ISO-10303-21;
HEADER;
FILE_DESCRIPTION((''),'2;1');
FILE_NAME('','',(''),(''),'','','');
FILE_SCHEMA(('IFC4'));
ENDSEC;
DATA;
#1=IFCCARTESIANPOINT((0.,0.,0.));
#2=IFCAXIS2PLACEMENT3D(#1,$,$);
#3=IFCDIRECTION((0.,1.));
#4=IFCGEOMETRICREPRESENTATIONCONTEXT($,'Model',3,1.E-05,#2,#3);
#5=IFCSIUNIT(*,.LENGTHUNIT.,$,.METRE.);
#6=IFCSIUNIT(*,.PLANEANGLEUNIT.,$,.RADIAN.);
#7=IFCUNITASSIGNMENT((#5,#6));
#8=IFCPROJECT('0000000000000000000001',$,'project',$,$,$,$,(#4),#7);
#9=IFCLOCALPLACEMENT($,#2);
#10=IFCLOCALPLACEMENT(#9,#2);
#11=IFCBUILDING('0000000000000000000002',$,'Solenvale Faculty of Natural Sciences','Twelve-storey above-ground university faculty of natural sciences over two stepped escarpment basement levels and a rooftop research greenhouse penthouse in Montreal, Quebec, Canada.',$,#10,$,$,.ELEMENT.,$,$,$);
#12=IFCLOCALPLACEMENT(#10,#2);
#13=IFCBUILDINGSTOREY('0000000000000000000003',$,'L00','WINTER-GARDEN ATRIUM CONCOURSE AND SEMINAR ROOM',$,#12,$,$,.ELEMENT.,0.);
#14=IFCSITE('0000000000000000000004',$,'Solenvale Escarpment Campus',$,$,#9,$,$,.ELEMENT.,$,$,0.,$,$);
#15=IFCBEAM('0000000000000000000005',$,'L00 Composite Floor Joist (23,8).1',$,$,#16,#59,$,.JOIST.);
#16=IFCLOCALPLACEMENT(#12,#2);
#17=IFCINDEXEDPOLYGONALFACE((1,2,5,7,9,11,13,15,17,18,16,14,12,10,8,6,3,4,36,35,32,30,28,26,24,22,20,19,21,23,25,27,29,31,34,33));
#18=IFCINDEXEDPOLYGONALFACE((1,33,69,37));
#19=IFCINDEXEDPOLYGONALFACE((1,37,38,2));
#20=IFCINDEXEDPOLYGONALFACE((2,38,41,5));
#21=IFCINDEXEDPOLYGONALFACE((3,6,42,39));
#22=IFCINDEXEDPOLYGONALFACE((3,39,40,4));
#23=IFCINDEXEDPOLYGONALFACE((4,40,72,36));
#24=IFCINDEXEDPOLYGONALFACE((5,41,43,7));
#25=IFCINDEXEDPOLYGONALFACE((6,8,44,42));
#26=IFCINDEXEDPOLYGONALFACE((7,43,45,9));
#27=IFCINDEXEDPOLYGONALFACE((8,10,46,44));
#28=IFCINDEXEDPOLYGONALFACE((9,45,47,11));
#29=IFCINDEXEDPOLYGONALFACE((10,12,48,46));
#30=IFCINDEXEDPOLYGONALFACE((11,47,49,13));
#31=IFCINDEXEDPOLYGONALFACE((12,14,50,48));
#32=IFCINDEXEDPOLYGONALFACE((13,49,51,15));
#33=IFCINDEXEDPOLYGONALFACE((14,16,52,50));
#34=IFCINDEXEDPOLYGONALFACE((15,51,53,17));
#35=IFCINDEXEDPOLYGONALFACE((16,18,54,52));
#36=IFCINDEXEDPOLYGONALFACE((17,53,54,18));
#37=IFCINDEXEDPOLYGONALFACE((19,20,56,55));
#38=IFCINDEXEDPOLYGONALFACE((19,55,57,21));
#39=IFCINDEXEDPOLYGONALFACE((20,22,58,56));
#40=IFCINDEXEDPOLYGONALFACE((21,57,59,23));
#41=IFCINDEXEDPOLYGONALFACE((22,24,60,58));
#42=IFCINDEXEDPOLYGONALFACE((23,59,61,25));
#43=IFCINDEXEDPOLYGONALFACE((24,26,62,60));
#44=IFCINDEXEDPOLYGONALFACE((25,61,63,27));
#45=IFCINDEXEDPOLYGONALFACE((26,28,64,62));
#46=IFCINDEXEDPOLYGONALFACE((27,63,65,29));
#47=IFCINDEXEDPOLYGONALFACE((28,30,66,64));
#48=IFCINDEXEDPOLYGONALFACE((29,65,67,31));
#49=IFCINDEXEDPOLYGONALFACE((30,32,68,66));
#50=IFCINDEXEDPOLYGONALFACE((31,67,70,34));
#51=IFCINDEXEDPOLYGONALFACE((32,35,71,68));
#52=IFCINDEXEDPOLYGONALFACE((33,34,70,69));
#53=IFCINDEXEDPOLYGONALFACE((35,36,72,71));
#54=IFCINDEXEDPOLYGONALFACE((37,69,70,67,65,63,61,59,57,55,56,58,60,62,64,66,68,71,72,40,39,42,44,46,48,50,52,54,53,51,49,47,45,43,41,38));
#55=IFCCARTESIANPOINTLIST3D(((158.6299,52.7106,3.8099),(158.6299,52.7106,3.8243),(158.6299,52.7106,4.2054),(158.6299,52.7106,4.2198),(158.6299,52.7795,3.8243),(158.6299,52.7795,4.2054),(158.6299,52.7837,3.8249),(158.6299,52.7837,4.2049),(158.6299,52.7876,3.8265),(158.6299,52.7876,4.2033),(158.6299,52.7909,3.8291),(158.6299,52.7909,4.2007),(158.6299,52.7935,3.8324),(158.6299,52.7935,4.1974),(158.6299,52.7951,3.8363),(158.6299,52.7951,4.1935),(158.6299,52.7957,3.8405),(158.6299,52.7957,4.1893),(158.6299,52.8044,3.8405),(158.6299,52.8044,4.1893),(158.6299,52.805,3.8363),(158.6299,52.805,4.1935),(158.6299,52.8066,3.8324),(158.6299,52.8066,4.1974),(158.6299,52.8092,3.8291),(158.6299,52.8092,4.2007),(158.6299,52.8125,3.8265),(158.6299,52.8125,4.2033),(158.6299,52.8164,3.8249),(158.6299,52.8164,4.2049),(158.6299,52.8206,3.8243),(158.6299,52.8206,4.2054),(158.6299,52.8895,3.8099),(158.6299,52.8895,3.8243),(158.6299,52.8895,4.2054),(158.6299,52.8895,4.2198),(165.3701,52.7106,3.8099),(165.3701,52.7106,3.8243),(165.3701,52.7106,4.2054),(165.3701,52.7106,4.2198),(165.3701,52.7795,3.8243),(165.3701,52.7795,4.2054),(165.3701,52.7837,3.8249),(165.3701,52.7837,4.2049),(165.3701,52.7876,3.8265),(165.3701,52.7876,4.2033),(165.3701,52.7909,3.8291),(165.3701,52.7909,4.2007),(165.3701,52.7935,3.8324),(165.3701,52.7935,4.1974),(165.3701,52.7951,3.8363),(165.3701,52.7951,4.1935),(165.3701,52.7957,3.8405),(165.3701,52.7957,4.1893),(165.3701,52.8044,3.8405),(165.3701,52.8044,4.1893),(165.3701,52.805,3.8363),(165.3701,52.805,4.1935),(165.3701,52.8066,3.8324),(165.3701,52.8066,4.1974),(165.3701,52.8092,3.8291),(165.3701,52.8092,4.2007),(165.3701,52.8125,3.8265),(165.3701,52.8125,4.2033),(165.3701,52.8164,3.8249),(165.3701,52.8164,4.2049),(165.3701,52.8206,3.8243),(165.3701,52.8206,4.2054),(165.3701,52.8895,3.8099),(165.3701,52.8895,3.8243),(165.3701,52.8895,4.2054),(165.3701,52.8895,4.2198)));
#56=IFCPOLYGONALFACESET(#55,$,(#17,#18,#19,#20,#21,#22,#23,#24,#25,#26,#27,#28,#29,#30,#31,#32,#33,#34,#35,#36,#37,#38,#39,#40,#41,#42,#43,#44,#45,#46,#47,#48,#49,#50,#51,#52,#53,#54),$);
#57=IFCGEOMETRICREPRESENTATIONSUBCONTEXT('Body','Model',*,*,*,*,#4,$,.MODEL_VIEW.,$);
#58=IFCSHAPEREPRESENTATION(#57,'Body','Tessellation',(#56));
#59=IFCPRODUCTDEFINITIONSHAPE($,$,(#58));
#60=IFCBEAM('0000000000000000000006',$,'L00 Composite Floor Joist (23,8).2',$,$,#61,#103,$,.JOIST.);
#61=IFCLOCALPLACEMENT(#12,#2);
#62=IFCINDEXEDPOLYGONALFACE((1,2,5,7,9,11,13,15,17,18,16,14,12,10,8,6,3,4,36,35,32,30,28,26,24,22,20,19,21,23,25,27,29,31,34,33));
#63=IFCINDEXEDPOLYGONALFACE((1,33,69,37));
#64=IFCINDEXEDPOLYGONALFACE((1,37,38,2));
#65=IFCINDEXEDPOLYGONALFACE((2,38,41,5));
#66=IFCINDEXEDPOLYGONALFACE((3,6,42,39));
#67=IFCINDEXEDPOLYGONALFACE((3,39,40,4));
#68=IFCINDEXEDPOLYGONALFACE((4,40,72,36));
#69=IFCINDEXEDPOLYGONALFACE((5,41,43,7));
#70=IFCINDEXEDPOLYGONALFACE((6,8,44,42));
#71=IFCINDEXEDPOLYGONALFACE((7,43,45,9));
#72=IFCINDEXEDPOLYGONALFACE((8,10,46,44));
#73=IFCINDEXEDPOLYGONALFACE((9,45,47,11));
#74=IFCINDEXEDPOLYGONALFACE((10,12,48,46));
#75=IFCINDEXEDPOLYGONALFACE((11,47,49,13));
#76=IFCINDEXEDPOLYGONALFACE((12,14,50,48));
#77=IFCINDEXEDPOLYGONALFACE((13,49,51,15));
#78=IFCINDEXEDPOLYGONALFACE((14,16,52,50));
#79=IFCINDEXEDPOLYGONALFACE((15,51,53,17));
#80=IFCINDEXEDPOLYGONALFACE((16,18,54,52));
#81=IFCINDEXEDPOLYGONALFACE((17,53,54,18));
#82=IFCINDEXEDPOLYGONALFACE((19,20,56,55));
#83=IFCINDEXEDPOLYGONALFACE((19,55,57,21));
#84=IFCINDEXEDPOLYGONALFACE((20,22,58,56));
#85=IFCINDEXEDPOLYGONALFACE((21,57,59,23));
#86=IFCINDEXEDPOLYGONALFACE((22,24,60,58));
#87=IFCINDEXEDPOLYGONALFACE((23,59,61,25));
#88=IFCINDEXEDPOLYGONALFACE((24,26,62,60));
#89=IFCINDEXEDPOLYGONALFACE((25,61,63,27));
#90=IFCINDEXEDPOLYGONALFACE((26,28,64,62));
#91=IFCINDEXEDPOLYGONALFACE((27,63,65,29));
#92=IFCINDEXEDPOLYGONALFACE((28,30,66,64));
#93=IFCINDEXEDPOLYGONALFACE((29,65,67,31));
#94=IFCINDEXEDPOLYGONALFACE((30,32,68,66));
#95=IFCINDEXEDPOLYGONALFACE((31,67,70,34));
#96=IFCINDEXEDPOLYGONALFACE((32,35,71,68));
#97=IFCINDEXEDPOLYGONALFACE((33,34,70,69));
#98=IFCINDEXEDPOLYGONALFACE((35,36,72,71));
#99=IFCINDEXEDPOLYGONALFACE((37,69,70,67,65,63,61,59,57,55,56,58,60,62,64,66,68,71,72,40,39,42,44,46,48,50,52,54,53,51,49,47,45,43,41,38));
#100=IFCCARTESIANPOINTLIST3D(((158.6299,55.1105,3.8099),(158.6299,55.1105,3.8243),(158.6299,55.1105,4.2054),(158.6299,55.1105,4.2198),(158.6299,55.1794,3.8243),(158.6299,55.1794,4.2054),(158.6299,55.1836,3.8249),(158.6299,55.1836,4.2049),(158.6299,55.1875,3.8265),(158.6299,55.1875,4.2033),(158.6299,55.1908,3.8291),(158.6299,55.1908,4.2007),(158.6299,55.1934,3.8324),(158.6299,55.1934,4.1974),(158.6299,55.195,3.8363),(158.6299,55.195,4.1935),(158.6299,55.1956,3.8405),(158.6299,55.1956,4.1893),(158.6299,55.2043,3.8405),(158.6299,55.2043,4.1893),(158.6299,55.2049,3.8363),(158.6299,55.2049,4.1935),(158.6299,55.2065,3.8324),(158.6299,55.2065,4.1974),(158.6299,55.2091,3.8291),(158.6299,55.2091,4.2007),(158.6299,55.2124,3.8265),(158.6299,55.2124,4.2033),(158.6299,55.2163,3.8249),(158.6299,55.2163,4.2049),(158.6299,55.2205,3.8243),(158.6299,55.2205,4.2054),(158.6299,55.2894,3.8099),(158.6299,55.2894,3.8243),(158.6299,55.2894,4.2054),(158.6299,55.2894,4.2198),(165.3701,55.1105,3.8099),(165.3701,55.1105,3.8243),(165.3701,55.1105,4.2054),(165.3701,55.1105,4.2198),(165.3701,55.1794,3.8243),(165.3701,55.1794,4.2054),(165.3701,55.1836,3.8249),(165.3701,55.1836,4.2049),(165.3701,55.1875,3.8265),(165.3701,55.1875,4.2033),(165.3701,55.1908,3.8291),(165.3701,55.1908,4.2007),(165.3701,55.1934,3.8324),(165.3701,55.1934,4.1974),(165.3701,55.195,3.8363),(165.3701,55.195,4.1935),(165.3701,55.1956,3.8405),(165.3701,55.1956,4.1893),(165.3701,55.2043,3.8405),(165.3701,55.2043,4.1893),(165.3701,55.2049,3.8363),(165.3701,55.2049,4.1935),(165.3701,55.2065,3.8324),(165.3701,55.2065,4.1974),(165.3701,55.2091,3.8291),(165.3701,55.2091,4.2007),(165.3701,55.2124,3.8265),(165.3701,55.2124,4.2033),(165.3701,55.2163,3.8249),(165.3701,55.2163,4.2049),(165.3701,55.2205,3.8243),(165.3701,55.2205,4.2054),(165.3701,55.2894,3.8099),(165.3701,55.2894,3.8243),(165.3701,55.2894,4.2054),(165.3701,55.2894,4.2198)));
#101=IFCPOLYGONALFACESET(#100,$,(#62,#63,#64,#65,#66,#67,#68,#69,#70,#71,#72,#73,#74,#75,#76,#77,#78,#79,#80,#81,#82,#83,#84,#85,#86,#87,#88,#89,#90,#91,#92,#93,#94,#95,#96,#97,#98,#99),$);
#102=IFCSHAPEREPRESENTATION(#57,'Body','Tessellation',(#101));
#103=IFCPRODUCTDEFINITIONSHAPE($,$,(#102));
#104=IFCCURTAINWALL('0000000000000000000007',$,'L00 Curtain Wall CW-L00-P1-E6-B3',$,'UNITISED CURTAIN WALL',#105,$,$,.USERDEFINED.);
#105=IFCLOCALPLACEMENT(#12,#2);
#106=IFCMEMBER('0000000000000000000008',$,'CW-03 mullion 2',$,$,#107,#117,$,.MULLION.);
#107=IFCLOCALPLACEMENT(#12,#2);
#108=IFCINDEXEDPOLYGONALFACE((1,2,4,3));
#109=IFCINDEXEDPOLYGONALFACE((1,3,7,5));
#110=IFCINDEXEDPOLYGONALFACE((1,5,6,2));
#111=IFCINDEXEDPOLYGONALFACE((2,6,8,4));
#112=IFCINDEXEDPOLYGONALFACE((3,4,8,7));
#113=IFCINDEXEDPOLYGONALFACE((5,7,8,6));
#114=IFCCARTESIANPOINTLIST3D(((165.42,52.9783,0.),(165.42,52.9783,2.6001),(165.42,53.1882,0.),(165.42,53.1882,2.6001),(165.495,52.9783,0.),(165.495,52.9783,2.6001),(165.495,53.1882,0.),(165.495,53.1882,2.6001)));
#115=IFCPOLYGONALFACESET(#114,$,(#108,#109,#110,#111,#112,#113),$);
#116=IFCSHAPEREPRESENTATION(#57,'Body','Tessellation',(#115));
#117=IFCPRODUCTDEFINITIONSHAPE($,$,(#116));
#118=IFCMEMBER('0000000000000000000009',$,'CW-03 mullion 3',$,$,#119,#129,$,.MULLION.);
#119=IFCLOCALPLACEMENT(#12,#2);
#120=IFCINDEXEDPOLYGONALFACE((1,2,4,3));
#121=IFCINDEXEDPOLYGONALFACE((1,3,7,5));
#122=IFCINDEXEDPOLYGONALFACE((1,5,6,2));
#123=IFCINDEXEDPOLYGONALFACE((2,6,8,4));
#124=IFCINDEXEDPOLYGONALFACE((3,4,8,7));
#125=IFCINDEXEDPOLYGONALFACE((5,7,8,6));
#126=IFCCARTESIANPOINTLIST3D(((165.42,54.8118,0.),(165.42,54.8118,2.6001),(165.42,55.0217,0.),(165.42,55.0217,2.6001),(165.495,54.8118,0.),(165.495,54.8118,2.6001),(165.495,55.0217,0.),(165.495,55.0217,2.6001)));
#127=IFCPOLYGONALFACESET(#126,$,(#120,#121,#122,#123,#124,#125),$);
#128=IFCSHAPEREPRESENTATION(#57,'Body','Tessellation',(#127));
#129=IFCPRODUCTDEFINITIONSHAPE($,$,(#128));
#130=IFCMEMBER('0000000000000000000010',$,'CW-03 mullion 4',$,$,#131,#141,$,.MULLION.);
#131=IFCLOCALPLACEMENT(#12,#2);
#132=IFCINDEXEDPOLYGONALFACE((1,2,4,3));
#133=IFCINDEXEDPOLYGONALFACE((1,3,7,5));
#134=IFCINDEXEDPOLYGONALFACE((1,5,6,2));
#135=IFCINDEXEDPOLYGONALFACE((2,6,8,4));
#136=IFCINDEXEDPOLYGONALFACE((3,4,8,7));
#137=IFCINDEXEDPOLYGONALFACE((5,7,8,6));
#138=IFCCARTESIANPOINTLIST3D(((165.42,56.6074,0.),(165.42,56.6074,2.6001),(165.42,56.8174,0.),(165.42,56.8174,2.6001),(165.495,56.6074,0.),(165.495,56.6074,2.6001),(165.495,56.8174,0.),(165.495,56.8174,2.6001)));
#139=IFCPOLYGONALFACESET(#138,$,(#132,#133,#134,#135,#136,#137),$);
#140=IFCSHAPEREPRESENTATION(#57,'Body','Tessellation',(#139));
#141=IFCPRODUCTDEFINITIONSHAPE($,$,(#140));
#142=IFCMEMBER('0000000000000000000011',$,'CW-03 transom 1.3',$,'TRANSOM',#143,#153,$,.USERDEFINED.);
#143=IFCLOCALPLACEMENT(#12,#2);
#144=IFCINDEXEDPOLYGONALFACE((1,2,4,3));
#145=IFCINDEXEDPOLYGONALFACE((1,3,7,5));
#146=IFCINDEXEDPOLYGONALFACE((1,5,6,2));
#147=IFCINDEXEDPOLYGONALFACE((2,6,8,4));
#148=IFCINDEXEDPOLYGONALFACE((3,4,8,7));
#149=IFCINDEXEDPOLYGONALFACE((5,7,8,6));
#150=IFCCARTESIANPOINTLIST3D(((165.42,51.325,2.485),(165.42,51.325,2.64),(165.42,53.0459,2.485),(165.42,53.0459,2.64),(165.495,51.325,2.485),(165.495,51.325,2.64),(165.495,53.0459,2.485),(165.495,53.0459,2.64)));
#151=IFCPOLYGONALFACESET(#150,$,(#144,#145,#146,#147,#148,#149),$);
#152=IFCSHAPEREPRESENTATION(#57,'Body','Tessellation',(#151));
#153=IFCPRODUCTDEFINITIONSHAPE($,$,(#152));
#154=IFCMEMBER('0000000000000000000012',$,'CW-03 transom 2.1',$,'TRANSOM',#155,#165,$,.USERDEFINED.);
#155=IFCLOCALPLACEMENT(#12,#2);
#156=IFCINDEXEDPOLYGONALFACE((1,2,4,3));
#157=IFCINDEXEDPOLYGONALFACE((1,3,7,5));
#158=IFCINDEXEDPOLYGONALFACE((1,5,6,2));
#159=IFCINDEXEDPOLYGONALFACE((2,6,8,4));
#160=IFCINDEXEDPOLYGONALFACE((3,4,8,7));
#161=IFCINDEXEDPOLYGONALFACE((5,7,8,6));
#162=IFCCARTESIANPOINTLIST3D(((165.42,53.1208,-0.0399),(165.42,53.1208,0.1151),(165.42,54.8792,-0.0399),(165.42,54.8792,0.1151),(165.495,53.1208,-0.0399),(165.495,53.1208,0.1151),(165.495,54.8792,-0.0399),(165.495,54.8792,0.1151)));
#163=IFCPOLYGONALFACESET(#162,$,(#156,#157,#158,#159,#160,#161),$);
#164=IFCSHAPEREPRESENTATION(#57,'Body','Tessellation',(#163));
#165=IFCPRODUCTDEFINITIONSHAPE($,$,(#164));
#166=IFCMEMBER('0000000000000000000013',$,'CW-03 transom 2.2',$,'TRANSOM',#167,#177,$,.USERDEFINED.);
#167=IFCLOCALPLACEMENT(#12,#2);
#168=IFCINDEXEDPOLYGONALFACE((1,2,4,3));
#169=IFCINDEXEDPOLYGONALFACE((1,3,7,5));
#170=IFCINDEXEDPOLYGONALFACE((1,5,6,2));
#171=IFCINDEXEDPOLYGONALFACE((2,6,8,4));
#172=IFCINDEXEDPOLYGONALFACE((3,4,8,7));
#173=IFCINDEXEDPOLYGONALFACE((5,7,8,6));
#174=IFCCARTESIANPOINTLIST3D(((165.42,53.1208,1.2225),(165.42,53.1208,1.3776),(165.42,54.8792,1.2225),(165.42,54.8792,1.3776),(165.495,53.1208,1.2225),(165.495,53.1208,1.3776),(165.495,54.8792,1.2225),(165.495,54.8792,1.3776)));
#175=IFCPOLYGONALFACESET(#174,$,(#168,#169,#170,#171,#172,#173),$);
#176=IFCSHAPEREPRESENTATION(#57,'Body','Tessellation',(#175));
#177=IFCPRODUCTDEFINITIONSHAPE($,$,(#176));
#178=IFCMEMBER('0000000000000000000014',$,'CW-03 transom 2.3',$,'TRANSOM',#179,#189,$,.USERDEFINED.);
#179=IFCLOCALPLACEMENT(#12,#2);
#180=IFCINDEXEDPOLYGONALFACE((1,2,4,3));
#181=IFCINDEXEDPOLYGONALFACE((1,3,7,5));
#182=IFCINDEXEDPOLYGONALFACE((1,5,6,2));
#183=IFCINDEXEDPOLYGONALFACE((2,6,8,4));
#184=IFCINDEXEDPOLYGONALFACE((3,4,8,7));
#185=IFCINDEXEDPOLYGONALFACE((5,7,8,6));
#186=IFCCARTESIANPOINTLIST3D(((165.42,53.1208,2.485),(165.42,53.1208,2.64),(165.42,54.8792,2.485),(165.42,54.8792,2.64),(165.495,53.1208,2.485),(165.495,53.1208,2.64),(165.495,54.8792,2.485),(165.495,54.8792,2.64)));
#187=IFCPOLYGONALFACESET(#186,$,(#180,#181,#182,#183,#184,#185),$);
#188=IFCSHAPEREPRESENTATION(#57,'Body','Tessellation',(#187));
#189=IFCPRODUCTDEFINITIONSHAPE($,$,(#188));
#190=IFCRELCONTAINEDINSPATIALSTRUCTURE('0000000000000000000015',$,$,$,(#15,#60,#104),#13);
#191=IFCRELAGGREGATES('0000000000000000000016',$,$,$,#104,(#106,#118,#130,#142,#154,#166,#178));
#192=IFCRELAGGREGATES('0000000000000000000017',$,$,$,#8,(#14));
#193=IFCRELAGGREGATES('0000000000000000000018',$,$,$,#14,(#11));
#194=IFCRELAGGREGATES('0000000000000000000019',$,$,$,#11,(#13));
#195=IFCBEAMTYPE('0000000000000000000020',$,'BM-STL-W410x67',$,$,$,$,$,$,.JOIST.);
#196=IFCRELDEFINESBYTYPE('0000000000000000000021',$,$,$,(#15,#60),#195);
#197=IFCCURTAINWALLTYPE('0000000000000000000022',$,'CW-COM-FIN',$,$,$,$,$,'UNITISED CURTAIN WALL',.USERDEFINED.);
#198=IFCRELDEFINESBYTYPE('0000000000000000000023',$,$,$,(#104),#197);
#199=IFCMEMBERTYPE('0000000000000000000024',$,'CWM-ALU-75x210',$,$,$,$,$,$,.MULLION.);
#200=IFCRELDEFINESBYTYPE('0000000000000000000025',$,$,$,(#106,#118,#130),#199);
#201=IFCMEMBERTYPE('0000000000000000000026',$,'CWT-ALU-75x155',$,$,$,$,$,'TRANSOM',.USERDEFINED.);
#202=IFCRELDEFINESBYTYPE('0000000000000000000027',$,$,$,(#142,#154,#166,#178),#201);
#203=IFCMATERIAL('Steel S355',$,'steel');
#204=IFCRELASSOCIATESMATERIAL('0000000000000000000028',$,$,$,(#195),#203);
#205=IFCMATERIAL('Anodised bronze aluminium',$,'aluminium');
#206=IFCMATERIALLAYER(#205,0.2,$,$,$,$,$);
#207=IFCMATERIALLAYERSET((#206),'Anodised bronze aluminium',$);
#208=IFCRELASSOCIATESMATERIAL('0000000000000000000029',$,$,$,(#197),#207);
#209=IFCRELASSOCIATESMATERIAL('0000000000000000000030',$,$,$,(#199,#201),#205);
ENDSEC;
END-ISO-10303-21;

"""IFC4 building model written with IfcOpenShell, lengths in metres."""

from ifc_helpers import new_model, si_unit, direction, frame, origin, origin_2d, place, context, subcontext, project, spatial, rectangle, i_section, extrude, material, layer, layer_set, material_profile, profile_set, type_object, element, aggregate, save


model = new_model("IFC4")

# Units and contexts
model_context = context("Model", 3, precision=1e-05, world=origin(), true_north=direction((0.0, 1.0)))
body_context = subcontext(model_context, "Body", "Model", "MODEL_VIEW")
ifc_project = project(units=[si_unit("LENGTHUNIT", "METRE"), si_unit("PLANEANGLEUNIT", "RADIAN")], contexts=[model_context])

# Site, building, storey
site_placement = place(None, origin())
site = spatial("IfcSite", under=ifc_project, at=site_placement, Name="Solenvale Escarpment Campus", CompositionType="ELEMENT", RefElevation=0.0)
building_placement = place(site_placement, origin())
building = spatial("IfcBuilding", under=site, at=building_placement, Name="Solenvale Faculty of Natural Sciences", Description="Twelve-storey above-ground university faculty of natural sciences over two stepped escarpment basement levels and a rooftop research greenhouse penthouse in Montreal, Quebec, Canada.", CompositionType="ELEMENT")
storey_placement = place(building_placement, origin())
storey = spatial("IfcBuildingStorey", under=building, at=storey_placement, Name="L00", Description="WINTER-GARDEN ATRIUM CONCOURSE AND SEMINAR ROOM", CompositionType="ELEMENT", Elevation=0.0)

# Beams
ifc_material_1 = material(Name="Steel S355", Category="steel")
ifc_material_profile_1 = material_profile(ifc_material_1, i_section(OverallWidth=0.179, OverallDepth=0.4099, WebThickness=0.0088, FlangeThickness=0.0144, FilletRadius=0.0161, at=origin_2d()), Name="W410x67")
ifc_profile_set_1 = profile_set([ifc_material_profile_1], Name="Steel S355")
beam_type = type_object("IfcBeamType", Name="BM-STL-W410x67", PredefinedType="JOIST", material=ifc_profile_set_1)
for number, where, z_axis, x_axis, name in (
    (1, (158.6299, 52.8, 4.0149), (1.0, 0.0, 0.0), (0.0, 1.0, 0.0), "L00 Composite Floor Joist (23,8).1"),
    (2, (158.6299, 55.2, 4.0149), (1.0, 0.0, 0.0), (0.0, 1.0, 0.0), "L00 Composite Floor Joist (23,8).2"),
):
    element("IfcBeam", number, at=place(storey_placement, frame(where, z_axis=z_axis, x_axis=x_axis)), inside=storey, type_object=beam_type, Name=name, PredefinedType="JOIST", context=body_context, shape_type="SweptSolid", body=[
        extrude(i_section(OverallWidth=0.179, OverallDepth=0.4099, WebThickness=0.0088, FlangeThickness=0.0144, FilletRadius=0.0161, at=origin_2d()), origin(), (0.0, 0.0, 1.0), 6.7402),
    ])

# Curtain wall, members
ifc_material_2 = material(Name="Anodised bronze aluminium", Category="aluminium")
ifc_layer_1 = layer(ifc_material_2, 0.2)
ifc_layer_set_1 = layer_set([ifc_layer_1], Name="Anodised bronze aluminium")
curtain_wall_type = type_object("IfcCurtainWallType", Name="CW-COM-FIN", ElementType="UNITISED CURTAIN WALL", PredefinedType="USERDEFINED", material=ifc_layer_set_1)
curtain_wall_placement = place(storey_placement, origin())
curtain_wall = element("IfcCurtainWall", 3, at=curtain_wall_placement, inside=storey, type_object=curtain_wall_type, Name="L00 Curtain Wall CW-L00-P1-E6-B3", ObjectType="UNITISED CURTAIN WALL", PredefinedType="USERDEFINED")
ifc_material_profile_2 = material_profile(ifc_material_2, rectangle(XDim=0.075, YDim=0.21, at=origin_2d()), Name="ALU-MUL-75x210")
ifc_profile_set_2 = profile_set([ifc_material_profile_2], Name="Anodised bronze aluminium")
member_type_1 = type_object("IfcMemberType", Name="CWM-ALU-75x210", PredefinedType="MULLION", material=ifc_profile_set_2)
member_1_placement = place(storey_placement, frame((165.4575, 53.0833, 0.0), z_axis=(0.0, 0.0, 1.0), x_axis=(-1.0, 0.0, 0.0)))
member_1 = element("IfcMember", 4, at=member_1_placement, type_object=member_type_1, Name="CW-03 mullion 2", PredefinedType="MULLION", context=body_context, shape_type="SweptSolid", body=[
    extrude(rectangle(XDim=0.075, YDim=0.21, at=origin_2d()), origin(), (0.0, 0.0, 1.0), 2.6001),
])
member_2_placement = place(storey_placement, frame((165.4575, 54.9167, 0.0), z_axis=(0.0, 0.0, 1.0), x_axis=(-1.0, 0.0, 0.0)))
member_2 = element("IfcMember", 5, at=member_2_placement, type_object=member_type_1, Name="CW-03 mullion 3", PredefinedType="MULLION", context=body_context, shape_type="SweptSolid", body=[
    extrude(rectangle(XDim=0.075, YDim=0.21, at=origin_2d()), origin(), (0.0, 0.0, 1.0), 2.6001),
])
member_3_placement = place(storey_placement, frame((165.4575, 56.7124, 0.0), z_axis=(0.0, 0.0, 1.0), x_axis=(-1.0, 0.0, 0.0)))
member_3 = element("IfcMember", 6, at=member_3_placement, type_object=member_type_1, Name="CW-03 mullion 4", PredefinedType="MULLION", context=body_context, shape_type="SweptSolid", body=[
    extrude(rectangle(XDim=0.075, YDim=0.21, at=origin_2d()), origin(), (0.0, 0.0, 1.0), 2.6001),
])
ifc_material_profile_3 = material_profile(ifc_material_2, rectangle(XDim=0.075, YDim=0.155, at=origin_2d()), Name="ALU-TRN-75x155")
ifc_profile_set_3 = profile_set([ifc_material_profile_3], Name="Anodised bronze aluminium")
member_type_2 = type_object("IfcMemberType", Name="CWT-ALU-75x155", ElementType="TRANSOM", PredefinedType="USERDEFINED", material=ifc_profile_set_3)
member_4_placement = place(storey_placement, frame((165.4575, 51.325, 2.5625), z_axis=(0.0, 1.0, 0.0), x_axis=(-1.0, 0.0, 0.0)))
member_4 = element("IfcMember", 7, at=member_4_placement, type_object=member_type_2, Name="CW-03 transom 1.3", ObjectType="TRANSOM", PredefinedType="USERDEFINED", context=body_context, shape_type="SweptSolid", body=[
    extrude(rectangle(XDim=0.075, YDim=0.155, at=origin_2d()), origin(), (0.0, 0.0, 1.0), 1.7209),
])
member_5_placement = place(storey_placement, frame((165.4575, 53.1208, 0.0376), z_axis=(0.0, 1.0, 0.0), x_axis=(-1.0, 0.0, 0.0)))
member_5 = element("IfcMember", 8, at=member_5_placement, type_object=member_type_2, Name="CW-03 transom 2.1", ObjectType="TRANSOM", PredefinedType="USERDEFINED", context=body_context, shape_type="SweptSolid", body=[
    extrude(rectangle(XDim=0.075, YDim=0.155, at=origin_2d()), origin(), (0.0, 0.0, 1.0), 1.7583),
])
member_6_placement = place(storey_placement, frame((165.4575, 53.1208, 1.3), z_axis=(0.0, 1.0, 0.0), x_axis=(-1.0, 0.0, 0.0)))
member_6 = element("IfcMember", 9, at=member_6_placement, type_object=member_type_2, Name="CW-03 transom 2.2", ObjectType="TRANSOM", PredefinedType="USERDEFINED", context=body_context, shape_type="SweptSolid", body=[
    extrude(rectangle(XDim=0.075, YDim=0.155, at=origin_2d()), origin(), (0.0, 0.0, 1.0), 1.7583),
])
member_7_placement = place(storey_placement, frame((165.4575, 53.1208, 2.5625), z_axis=(0.0, 1.0, 0.0), x_axis=(-1.0, 0.0, 0.0)))
member_7 = element("IfcMember", 10, at=member_7_placement, type_object=member_type_2, Name="CW-03 transom 2.3", ObjectType="TRANSOM", PredefinedType="USERDEFINED", context=body_context, shape_type="SweptSolid", body=[
    extrude(rectangle(XDim=0.075, YDim=0.155, at=origin_2d()), origin(), (0.0, 0.0, 1.0), 1.7583),
])
aggregate(curtain_wall, [member_1, member_2, member_3, member_4, member_5, member_6, member_7])

save(model, "model.ifc")
